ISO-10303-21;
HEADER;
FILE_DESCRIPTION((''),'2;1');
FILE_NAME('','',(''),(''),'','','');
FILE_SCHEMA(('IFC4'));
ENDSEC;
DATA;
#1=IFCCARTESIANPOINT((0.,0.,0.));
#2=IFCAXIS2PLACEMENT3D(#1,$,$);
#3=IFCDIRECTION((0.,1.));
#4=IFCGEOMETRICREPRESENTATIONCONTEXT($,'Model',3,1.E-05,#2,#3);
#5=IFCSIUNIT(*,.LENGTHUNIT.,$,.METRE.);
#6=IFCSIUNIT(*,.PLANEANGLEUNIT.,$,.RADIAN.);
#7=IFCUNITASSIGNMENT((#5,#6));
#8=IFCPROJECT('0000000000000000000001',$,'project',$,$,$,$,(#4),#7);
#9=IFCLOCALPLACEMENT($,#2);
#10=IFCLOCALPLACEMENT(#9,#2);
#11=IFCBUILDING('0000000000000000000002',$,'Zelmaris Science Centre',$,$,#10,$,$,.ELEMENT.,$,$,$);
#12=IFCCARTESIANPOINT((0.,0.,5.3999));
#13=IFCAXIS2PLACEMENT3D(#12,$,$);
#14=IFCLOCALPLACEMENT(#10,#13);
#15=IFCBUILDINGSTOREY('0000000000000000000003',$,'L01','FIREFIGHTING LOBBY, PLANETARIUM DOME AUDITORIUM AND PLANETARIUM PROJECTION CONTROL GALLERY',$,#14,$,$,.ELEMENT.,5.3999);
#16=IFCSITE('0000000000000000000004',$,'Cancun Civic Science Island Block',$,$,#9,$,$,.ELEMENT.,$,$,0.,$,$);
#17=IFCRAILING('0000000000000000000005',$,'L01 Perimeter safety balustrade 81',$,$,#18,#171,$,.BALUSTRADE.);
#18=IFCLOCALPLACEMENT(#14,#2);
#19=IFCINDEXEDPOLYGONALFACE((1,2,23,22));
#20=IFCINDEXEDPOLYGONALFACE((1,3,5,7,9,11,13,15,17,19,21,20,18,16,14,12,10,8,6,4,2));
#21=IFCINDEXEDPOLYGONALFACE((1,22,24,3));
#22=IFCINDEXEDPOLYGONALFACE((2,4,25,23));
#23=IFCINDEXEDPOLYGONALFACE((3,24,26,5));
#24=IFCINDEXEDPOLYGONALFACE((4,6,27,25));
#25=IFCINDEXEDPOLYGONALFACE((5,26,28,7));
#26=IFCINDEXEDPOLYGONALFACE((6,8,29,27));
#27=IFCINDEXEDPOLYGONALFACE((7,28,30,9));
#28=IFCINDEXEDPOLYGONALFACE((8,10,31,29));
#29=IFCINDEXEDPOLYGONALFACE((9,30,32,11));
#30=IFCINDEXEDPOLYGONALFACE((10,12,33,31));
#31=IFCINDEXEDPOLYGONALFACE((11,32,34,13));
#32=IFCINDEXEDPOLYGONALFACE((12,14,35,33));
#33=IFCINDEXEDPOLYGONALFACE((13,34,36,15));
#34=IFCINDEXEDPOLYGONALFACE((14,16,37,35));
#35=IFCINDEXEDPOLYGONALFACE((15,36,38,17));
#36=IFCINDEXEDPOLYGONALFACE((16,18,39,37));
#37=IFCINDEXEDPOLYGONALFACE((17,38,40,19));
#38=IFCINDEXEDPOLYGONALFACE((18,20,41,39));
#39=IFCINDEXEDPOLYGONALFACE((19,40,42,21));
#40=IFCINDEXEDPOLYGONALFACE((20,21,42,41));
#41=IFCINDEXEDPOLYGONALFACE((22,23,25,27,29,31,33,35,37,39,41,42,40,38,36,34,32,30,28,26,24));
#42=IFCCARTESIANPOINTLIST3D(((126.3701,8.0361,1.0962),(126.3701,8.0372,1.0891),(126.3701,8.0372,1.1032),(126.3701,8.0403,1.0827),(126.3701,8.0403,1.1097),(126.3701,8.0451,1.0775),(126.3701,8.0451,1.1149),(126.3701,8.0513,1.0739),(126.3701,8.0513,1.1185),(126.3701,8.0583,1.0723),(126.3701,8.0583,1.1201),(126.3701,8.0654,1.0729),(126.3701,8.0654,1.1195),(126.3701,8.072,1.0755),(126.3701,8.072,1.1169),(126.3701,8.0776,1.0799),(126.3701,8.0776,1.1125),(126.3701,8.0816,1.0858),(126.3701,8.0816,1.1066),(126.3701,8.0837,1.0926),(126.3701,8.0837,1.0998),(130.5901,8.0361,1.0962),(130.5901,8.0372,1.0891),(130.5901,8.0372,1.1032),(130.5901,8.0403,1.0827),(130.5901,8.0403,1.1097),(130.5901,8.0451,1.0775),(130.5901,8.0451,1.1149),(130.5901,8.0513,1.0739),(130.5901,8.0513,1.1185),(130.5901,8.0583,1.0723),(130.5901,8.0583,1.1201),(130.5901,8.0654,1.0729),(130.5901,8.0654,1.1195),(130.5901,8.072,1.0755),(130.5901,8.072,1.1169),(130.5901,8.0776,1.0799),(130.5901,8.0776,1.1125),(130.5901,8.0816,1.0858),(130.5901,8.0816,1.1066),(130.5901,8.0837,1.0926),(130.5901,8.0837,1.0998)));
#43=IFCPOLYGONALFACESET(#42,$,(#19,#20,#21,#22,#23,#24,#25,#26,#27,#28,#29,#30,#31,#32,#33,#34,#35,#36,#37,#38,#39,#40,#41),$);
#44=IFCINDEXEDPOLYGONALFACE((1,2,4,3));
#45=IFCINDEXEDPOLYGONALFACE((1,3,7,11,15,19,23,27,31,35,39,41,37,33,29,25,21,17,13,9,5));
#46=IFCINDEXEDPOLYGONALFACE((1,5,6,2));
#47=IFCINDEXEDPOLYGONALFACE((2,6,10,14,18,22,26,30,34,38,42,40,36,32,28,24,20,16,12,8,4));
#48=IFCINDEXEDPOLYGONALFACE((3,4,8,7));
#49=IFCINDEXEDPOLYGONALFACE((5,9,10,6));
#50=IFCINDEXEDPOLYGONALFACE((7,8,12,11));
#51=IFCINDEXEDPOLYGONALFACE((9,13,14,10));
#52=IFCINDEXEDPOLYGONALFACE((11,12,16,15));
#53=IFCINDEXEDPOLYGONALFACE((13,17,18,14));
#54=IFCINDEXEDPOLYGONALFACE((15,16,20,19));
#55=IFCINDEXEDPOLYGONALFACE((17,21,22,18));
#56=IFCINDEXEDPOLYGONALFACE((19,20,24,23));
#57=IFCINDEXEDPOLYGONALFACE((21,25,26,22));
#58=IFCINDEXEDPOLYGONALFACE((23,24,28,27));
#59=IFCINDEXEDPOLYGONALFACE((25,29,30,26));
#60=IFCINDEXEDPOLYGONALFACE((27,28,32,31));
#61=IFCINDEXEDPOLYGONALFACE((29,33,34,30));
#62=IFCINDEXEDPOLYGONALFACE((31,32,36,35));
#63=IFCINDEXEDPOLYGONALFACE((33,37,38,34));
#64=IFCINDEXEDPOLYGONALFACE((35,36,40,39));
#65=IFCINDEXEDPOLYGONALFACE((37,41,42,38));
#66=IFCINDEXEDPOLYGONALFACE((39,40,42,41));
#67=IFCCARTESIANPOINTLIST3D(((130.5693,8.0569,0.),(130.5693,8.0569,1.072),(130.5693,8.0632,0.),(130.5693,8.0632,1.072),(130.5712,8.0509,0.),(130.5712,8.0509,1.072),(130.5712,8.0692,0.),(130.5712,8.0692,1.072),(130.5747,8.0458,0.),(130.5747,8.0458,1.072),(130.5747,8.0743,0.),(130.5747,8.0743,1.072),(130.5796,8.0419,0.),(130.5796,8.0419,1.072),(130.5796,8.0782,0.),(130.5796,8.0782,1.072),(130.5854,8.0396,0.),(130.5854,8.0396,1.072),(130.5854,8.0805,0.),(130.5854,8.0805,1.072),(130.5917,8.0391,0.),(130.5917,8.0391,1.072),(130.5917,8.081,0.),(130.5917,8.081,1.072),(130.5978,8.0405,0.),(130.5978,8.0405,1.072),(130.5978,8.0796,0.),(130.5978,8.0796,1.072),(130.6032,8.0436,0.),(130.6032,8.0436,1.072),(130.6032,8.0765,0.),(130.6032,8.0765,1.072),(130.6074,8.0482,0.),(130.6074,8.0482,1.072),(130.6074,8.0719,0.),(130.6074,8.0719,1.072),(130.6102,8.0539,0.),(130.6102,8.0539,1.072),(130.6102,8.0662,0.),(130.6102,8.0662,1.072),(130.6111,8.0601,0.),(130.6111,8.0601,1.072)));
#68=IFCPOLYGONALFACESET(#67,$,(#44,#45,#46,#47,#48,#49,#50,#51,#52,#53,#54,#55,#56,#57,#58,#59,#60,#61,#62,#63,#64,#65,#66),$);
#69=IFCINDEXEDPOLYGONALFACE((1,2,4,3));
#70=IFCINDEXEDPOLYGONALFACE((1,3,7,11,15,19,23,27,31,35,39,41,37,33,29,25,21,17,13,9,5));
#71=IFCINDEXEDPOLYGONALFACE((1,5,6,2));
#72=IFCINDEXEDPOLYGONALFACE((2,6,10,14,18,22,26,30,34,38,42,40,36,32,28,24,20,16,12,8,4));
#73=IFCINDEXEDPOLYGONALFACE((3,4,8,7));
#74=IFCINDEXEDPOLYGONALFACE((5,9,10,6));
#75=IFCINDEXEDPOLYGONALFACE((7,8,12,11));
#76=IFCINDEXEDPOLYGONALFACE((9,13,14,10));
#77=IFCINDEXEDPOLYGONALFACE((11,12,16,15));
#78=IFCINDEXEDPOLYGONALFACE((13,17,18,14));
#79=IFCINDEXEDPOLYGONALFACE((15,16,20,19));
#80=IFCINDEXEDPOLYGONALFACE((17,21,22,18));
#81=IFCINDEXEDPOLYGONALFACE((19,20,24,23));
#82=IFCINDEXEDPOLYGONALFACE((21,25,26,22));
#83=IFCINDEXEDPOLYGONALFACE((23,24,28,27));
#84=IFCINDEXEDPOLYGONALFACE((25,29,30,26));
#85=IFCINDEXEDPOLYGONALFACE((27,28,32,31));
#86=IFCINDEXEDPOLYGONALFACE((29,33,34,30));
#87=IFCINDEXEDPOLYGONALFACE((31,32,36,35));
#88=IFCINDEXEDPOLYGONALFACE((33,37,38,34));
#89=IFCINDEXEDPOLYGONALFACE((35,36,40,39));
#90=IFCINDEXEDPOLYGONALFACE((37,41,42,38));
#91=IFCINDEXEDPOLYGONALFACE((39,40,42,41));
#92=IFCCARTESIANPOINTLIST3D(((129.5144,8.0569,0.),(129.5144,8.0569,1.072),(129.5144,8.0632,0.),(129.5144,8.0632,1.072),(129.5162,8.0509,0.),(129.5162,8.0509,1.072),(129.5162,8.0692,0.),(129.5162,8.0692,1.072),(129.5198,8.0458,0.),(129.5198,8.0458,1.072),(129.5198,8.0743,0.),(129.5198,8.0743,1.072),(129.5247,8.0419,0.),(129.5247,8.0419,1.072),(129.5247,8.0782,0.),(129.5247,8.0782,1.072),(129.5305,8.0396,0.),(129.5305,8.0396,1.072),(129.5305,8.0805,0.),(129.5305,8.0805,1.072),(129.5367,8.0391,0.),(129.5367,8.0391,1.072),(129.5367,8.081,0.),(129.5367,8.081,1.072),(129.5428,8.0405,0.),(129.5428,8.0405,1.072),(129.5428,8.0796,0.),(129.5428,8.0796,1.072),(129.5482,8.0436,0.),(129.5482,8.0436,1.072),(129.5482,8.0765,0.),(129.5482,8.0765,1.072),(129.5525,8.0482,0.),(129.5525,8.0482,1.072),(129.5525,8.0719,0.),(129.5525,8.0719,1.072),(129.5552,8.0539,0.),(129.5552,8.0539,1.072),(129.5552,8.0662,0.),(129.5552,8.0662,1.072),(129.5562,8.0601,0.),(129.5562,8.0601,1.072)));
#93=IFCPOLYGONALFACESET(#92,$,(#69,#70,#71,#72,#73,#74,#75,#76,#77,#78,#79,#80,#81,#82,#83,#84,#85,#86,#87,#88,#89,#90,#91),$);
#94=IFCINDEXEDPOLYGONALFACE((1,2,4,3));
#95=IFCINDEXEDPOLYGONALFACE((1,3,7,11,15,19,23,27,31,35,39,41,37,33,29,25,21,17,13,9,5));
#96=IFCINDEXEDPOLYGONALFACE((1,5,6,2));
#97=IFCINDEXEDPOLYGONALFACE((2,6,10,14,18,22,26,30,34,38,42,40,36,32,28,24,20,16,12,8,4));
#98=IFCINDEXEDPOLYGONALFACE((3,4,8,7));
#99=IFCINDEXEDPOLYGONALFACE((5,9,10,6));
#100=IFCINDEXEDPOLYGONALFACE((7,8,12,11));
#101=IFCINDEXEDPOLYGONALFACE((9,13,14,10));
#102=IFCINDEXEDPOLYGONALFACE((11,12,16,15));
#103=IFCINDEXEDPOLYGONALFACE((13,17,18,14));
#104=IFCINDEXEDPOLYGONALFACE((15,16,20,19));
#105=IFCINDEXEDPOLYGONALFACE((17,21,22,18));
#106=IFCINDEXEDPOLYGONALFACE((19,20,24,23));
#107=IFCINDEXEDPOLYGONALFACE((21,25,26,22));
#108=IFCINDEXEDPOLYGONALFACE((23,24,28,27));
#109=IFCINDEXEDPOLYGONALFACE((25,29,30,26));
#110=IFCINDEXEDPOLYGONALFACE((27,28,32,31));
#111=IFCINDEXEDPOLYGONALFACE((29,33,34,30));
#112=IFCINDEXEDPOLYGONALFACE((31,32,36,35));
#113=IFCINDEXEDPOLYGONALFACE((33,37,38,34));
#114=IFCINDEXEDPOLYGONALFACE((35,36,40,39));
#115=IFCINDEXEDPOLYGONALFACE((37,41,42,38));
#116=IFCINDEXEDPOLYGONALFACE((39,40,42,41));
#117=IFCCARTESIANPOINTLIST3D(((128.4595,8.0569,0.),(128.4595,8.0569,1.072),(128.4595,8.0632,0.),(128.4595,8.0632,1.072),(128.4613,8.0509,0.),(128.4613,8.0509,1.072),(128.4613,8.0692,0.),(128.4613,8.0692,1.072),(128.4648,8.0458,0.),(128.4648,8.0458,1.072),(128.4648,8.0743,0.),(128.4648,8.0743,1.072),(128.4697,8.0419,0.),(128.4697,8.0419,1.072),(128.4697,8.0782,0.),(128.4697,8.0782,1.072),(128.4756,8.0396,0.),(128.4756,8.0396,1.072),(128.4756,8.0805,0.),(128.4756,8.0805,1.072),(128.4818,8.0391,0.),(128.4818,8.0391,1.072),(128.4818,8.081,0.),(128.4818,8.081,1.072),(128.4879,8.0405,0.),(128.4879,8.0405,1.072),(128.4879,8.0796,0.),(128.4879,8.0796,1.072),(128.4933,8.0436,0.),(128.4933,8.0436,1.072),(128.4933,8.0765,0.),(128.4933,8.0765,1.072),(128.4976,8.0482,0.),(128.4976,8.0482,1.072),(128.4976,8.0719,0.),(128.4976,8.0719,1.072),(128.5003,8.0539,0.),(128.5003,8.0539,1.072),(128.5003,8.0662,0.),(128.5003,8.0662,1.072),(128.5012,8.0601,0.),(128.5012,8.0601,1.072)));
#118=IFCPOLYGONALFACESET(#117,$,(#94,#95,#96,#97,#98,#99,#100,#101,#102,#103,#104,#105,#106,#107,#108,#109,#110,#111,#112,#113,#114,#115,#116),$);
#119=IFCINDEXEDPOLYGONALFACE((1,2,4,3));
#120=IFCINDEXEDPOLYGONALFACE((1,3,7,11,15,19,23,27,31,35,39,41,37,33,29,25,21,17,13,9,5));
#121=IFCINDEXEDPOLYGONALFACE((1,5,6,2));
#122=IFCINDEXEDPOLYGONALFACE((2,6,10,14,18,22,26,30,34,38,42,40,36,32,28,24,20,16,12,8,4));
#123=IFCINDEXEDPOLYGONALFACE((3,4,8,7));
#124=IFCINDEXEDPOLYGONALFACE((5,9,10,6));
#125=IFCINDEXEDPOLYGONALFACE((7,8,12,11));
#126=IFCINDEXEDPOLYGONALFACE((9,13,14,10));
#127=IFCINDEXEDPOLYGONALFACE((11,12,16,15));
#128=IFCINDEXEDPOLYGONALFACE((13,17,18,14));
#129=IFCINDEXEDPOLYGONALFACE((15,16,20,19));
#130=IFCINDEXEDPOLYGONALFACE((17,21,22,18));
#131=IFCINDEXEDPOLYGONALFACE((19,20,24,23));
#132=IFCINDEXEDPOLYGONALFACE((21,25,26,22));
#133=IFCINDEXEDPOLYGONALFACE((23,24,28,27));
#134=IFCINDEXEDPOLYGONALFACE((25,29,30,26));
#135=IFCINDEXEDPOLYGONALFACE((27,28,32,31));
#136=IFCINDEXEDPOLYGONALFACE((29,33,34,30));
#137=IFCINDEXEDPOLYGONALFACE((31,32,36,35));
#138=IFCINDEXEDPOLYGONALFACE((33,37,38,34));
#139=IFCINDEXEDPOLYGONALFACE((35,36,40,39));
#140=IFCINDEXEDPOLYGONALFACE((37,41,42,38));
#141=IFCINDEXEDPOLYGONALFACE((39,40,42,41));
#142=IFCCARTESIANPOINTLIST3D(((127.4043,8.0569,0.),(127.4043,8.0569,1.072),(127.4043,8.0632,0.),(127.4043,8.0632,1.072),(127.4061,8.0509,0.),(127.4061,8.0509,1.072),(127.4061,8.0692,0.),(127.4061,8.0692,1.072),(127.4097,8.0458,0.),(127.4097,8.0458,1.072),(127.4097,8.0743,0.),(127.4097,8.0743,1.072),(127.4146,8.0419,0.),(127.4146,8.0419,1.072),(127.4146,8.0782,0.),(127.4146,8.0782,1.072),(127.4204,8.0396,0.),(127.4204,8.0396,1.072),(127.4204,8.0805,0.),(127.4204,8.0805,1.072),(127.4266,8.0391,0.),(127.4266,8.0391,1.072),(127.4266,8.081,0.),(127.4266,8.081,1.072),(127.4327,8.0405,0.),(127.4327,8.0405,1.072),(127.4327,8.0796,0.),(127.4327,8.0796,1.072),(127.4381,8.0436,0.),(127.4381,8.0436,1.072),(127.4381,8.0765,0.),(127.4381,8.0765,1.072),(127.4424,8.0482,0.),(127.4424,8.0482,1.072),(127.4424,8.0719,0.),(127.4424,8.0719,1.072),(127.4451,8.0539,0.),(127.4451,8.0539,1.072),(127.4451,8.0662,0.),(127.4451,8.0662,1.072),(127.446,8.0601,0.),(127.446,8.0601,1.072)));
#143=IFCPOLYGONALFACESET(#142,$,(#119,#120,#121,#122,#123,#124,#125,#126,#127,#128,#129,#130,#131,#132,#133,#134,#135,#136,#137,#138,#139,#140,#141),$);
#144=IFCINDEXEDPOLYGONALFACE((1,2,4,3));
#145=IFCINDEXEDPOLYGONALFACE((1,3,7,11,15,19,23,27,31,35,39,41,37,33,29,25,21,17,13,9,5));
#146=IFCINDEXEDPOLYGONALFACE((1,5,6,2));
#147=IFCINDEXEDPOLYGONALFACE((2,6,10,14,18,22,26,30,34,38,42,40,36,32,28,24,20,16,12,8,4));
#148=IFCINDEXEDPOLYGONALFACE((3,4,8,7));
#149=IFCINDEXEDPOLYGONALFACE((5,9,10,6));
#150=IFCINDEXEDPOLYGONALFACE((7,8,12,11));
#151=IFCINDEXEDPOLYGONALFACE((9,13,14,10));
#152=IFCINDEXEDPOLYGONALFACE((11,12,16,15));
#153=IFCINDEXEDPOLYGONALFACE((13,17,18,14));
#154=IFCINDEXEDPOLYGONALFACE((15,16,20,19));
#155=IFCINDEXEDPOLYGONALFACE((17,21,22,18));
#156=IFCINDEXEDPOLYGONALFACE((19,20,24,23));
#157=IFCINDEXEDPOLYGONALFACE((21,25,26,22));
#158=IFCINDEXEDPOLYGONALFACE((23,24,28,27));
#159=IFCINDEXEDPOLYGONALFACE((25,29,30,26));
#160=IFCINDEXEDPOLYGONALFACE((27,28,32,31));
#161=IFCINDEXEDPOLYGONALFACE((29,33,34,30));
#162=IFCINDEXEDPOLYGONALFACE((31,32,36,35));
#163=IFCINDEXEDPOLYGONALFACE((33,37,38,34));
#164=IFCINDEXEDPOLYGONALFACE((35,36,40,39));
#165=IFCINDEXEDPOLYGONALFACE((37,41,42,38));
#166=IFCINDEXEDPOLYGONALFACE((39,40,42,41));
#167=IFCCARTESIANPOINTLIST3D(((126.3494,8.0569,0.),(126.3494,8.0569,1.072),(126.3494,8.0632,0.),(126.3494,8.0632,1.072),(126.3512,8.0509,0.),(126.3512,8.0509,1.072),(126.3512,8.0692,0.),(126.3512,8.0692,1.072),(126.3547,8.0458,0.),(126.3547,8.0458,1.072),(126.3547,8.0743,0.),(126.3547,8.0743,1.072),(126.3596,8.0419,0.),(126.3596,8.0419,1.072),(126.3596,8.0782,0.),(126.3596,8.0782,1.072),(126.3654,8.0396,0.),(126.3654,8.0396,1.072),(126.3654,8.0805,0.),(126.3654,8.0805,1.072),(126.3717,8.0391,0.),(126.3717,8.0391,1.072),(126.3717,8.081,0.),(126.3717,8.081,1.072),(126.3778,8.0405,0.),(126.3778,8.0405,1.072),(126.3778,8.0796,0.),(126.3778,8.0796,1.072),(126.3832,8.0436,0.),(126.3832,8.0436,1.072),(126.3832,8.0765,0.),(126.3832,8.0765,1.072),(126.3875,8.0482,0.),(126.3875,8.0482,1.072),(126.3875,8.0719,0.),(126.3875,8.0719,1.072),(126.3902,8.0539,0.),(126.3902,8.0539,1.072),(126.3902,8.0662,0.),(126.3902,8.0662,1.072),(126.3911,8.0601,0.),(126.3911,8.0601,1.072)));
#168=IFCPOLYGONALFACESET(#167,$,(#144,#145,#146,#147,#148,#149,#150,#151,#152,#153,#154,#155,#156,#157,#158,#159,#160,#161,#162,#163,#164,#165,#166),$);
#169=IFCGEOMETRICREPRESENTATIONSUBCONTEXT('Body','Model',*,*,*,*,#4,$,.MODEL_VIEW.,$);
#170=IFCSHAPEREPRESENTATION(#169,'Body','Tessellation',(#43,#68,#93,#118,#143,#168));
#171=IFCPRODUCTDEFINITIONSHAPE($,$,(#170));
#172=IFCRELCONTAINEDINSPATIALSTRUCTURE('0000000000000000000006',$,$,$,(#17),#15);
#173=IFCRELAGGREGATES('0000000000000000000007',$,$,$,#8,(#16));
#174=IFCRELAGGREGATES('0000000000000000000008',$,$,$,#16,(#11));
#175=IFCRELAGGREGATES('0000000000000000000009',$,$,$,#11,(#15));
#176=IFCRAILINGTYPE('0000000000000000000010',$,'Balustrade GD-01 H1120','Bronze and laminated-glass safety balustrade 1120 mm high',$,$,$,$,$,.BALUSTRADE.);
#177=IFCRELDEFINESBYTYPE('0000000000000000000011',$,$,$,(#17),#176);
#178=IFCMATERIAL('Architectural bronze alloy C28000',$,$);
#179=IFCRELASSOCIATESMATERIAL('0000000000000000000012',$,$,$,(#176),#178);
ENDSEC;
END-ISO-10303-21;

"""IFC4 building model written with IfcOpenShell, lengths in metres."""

from ifc_helpers import new_model, si_unit, direction, frame, origin, origin_2d, place, context, subcontext, project, spatial, circle, extrude, material, type_object, element, save


model = new_model("IFC4")

# Units and contexts
model_context = context("Model", 3, precision=1e-05, world=origin(), true_north=direction((0.0, 1.0)))
body_context = subcontext(model_context, "Body", "Model", "MODEL_VIEW")
ifc_project = project(units=[si_unit("LENGTHUNIT", "METRE"), si_unit("PLANEANGLEUNIT", "RADIAN")], contexts=[model_context])

# Site, building, storey
site_placement = place(None, origin())
site = spatial("IfcSite", under=ifc_project, at=site_placement, Name="Cancun Civic Science Island Block", CompositionType="ELEMENT", RefElevation=0.0)
building_placement = place(site_placement, origin())
building = spatial("IfcBuilding", under=site, at=building_placement, Name="Zelmaris Science Centre", CompositionType="ELEMENT")
storey_placement = place(building_placement, frame((0.0, 0.0, 5.3999)))
storey = spatial("IfcBuildingStorey", under=building, at=storey_placement, Name="L01", Description="FIREFIGHTING LOBBY, PLANETARIUM DOME AUDITORIUM AND PLANETARIUM PROJECTION CONTROL GALLERY", CompositionType="ELEMENT", Elevation=5.3999)

# Railing
ifc_material_1 = material(Name="Architectural bronze alloy C28000")
railing_type = type_object("IfcRailingType", Name="Balustrade GD-01 H1120", Description="Bronze and laminated-glass safety balustrade 1120 mm high", PredefinedType="BALUSTRADE", material=ifc_material_1)
railing_1_placement = place(storey_placement, frame((130.5901, 8.0601, 0.0)))
element("IfcRailing", 1, at=railing_1_placement, inside=storey, type_object=railing_type, Name="L01 Perimeter safety balustrade 81", PredefinedType="BALUSTRADE", context=body_context, shape_type="SweptSolid", body=[
    extrude(circle(Radius=0.0239, at=origin_2d()), frame((0.0, 0.0, 1.0962), z_axis=(-1.0, 0.0, 0.0), x_axis=(0.0, -1.0, 0.0)), (0.0, 0.0, 1.0), 4.22),
    extrude(circle(Radius=0.021, at=origin_2d()), origin(), (0.0, 0.0, 1.0), 1.072),
    extrude(circle(Radius=0.021, at=origin_2d()), frame((-1.0549, 0.0, 0.0)), (0.0, 0.0, 1.0), 1.072),
    extrude(circle(Radius=0.021, at=origin_2d()), frame((-2.1099, 0.0, 0.0)), (0.0, 0.0, 1.0), 1.072),
    extrude(circle(Radius=0.021, at=origin_2d()), frame((-3.165, 0.0, 0.0)), (0.0, 0.0, 1.0), 1.072),
    extrude(circle(Radius=0.021, at=origin_2d()), frame((-4.22, 0.0, 0.0)), (0.0, 0.0, 1.0), 1.072),
])

save(model, "model.ifc")
